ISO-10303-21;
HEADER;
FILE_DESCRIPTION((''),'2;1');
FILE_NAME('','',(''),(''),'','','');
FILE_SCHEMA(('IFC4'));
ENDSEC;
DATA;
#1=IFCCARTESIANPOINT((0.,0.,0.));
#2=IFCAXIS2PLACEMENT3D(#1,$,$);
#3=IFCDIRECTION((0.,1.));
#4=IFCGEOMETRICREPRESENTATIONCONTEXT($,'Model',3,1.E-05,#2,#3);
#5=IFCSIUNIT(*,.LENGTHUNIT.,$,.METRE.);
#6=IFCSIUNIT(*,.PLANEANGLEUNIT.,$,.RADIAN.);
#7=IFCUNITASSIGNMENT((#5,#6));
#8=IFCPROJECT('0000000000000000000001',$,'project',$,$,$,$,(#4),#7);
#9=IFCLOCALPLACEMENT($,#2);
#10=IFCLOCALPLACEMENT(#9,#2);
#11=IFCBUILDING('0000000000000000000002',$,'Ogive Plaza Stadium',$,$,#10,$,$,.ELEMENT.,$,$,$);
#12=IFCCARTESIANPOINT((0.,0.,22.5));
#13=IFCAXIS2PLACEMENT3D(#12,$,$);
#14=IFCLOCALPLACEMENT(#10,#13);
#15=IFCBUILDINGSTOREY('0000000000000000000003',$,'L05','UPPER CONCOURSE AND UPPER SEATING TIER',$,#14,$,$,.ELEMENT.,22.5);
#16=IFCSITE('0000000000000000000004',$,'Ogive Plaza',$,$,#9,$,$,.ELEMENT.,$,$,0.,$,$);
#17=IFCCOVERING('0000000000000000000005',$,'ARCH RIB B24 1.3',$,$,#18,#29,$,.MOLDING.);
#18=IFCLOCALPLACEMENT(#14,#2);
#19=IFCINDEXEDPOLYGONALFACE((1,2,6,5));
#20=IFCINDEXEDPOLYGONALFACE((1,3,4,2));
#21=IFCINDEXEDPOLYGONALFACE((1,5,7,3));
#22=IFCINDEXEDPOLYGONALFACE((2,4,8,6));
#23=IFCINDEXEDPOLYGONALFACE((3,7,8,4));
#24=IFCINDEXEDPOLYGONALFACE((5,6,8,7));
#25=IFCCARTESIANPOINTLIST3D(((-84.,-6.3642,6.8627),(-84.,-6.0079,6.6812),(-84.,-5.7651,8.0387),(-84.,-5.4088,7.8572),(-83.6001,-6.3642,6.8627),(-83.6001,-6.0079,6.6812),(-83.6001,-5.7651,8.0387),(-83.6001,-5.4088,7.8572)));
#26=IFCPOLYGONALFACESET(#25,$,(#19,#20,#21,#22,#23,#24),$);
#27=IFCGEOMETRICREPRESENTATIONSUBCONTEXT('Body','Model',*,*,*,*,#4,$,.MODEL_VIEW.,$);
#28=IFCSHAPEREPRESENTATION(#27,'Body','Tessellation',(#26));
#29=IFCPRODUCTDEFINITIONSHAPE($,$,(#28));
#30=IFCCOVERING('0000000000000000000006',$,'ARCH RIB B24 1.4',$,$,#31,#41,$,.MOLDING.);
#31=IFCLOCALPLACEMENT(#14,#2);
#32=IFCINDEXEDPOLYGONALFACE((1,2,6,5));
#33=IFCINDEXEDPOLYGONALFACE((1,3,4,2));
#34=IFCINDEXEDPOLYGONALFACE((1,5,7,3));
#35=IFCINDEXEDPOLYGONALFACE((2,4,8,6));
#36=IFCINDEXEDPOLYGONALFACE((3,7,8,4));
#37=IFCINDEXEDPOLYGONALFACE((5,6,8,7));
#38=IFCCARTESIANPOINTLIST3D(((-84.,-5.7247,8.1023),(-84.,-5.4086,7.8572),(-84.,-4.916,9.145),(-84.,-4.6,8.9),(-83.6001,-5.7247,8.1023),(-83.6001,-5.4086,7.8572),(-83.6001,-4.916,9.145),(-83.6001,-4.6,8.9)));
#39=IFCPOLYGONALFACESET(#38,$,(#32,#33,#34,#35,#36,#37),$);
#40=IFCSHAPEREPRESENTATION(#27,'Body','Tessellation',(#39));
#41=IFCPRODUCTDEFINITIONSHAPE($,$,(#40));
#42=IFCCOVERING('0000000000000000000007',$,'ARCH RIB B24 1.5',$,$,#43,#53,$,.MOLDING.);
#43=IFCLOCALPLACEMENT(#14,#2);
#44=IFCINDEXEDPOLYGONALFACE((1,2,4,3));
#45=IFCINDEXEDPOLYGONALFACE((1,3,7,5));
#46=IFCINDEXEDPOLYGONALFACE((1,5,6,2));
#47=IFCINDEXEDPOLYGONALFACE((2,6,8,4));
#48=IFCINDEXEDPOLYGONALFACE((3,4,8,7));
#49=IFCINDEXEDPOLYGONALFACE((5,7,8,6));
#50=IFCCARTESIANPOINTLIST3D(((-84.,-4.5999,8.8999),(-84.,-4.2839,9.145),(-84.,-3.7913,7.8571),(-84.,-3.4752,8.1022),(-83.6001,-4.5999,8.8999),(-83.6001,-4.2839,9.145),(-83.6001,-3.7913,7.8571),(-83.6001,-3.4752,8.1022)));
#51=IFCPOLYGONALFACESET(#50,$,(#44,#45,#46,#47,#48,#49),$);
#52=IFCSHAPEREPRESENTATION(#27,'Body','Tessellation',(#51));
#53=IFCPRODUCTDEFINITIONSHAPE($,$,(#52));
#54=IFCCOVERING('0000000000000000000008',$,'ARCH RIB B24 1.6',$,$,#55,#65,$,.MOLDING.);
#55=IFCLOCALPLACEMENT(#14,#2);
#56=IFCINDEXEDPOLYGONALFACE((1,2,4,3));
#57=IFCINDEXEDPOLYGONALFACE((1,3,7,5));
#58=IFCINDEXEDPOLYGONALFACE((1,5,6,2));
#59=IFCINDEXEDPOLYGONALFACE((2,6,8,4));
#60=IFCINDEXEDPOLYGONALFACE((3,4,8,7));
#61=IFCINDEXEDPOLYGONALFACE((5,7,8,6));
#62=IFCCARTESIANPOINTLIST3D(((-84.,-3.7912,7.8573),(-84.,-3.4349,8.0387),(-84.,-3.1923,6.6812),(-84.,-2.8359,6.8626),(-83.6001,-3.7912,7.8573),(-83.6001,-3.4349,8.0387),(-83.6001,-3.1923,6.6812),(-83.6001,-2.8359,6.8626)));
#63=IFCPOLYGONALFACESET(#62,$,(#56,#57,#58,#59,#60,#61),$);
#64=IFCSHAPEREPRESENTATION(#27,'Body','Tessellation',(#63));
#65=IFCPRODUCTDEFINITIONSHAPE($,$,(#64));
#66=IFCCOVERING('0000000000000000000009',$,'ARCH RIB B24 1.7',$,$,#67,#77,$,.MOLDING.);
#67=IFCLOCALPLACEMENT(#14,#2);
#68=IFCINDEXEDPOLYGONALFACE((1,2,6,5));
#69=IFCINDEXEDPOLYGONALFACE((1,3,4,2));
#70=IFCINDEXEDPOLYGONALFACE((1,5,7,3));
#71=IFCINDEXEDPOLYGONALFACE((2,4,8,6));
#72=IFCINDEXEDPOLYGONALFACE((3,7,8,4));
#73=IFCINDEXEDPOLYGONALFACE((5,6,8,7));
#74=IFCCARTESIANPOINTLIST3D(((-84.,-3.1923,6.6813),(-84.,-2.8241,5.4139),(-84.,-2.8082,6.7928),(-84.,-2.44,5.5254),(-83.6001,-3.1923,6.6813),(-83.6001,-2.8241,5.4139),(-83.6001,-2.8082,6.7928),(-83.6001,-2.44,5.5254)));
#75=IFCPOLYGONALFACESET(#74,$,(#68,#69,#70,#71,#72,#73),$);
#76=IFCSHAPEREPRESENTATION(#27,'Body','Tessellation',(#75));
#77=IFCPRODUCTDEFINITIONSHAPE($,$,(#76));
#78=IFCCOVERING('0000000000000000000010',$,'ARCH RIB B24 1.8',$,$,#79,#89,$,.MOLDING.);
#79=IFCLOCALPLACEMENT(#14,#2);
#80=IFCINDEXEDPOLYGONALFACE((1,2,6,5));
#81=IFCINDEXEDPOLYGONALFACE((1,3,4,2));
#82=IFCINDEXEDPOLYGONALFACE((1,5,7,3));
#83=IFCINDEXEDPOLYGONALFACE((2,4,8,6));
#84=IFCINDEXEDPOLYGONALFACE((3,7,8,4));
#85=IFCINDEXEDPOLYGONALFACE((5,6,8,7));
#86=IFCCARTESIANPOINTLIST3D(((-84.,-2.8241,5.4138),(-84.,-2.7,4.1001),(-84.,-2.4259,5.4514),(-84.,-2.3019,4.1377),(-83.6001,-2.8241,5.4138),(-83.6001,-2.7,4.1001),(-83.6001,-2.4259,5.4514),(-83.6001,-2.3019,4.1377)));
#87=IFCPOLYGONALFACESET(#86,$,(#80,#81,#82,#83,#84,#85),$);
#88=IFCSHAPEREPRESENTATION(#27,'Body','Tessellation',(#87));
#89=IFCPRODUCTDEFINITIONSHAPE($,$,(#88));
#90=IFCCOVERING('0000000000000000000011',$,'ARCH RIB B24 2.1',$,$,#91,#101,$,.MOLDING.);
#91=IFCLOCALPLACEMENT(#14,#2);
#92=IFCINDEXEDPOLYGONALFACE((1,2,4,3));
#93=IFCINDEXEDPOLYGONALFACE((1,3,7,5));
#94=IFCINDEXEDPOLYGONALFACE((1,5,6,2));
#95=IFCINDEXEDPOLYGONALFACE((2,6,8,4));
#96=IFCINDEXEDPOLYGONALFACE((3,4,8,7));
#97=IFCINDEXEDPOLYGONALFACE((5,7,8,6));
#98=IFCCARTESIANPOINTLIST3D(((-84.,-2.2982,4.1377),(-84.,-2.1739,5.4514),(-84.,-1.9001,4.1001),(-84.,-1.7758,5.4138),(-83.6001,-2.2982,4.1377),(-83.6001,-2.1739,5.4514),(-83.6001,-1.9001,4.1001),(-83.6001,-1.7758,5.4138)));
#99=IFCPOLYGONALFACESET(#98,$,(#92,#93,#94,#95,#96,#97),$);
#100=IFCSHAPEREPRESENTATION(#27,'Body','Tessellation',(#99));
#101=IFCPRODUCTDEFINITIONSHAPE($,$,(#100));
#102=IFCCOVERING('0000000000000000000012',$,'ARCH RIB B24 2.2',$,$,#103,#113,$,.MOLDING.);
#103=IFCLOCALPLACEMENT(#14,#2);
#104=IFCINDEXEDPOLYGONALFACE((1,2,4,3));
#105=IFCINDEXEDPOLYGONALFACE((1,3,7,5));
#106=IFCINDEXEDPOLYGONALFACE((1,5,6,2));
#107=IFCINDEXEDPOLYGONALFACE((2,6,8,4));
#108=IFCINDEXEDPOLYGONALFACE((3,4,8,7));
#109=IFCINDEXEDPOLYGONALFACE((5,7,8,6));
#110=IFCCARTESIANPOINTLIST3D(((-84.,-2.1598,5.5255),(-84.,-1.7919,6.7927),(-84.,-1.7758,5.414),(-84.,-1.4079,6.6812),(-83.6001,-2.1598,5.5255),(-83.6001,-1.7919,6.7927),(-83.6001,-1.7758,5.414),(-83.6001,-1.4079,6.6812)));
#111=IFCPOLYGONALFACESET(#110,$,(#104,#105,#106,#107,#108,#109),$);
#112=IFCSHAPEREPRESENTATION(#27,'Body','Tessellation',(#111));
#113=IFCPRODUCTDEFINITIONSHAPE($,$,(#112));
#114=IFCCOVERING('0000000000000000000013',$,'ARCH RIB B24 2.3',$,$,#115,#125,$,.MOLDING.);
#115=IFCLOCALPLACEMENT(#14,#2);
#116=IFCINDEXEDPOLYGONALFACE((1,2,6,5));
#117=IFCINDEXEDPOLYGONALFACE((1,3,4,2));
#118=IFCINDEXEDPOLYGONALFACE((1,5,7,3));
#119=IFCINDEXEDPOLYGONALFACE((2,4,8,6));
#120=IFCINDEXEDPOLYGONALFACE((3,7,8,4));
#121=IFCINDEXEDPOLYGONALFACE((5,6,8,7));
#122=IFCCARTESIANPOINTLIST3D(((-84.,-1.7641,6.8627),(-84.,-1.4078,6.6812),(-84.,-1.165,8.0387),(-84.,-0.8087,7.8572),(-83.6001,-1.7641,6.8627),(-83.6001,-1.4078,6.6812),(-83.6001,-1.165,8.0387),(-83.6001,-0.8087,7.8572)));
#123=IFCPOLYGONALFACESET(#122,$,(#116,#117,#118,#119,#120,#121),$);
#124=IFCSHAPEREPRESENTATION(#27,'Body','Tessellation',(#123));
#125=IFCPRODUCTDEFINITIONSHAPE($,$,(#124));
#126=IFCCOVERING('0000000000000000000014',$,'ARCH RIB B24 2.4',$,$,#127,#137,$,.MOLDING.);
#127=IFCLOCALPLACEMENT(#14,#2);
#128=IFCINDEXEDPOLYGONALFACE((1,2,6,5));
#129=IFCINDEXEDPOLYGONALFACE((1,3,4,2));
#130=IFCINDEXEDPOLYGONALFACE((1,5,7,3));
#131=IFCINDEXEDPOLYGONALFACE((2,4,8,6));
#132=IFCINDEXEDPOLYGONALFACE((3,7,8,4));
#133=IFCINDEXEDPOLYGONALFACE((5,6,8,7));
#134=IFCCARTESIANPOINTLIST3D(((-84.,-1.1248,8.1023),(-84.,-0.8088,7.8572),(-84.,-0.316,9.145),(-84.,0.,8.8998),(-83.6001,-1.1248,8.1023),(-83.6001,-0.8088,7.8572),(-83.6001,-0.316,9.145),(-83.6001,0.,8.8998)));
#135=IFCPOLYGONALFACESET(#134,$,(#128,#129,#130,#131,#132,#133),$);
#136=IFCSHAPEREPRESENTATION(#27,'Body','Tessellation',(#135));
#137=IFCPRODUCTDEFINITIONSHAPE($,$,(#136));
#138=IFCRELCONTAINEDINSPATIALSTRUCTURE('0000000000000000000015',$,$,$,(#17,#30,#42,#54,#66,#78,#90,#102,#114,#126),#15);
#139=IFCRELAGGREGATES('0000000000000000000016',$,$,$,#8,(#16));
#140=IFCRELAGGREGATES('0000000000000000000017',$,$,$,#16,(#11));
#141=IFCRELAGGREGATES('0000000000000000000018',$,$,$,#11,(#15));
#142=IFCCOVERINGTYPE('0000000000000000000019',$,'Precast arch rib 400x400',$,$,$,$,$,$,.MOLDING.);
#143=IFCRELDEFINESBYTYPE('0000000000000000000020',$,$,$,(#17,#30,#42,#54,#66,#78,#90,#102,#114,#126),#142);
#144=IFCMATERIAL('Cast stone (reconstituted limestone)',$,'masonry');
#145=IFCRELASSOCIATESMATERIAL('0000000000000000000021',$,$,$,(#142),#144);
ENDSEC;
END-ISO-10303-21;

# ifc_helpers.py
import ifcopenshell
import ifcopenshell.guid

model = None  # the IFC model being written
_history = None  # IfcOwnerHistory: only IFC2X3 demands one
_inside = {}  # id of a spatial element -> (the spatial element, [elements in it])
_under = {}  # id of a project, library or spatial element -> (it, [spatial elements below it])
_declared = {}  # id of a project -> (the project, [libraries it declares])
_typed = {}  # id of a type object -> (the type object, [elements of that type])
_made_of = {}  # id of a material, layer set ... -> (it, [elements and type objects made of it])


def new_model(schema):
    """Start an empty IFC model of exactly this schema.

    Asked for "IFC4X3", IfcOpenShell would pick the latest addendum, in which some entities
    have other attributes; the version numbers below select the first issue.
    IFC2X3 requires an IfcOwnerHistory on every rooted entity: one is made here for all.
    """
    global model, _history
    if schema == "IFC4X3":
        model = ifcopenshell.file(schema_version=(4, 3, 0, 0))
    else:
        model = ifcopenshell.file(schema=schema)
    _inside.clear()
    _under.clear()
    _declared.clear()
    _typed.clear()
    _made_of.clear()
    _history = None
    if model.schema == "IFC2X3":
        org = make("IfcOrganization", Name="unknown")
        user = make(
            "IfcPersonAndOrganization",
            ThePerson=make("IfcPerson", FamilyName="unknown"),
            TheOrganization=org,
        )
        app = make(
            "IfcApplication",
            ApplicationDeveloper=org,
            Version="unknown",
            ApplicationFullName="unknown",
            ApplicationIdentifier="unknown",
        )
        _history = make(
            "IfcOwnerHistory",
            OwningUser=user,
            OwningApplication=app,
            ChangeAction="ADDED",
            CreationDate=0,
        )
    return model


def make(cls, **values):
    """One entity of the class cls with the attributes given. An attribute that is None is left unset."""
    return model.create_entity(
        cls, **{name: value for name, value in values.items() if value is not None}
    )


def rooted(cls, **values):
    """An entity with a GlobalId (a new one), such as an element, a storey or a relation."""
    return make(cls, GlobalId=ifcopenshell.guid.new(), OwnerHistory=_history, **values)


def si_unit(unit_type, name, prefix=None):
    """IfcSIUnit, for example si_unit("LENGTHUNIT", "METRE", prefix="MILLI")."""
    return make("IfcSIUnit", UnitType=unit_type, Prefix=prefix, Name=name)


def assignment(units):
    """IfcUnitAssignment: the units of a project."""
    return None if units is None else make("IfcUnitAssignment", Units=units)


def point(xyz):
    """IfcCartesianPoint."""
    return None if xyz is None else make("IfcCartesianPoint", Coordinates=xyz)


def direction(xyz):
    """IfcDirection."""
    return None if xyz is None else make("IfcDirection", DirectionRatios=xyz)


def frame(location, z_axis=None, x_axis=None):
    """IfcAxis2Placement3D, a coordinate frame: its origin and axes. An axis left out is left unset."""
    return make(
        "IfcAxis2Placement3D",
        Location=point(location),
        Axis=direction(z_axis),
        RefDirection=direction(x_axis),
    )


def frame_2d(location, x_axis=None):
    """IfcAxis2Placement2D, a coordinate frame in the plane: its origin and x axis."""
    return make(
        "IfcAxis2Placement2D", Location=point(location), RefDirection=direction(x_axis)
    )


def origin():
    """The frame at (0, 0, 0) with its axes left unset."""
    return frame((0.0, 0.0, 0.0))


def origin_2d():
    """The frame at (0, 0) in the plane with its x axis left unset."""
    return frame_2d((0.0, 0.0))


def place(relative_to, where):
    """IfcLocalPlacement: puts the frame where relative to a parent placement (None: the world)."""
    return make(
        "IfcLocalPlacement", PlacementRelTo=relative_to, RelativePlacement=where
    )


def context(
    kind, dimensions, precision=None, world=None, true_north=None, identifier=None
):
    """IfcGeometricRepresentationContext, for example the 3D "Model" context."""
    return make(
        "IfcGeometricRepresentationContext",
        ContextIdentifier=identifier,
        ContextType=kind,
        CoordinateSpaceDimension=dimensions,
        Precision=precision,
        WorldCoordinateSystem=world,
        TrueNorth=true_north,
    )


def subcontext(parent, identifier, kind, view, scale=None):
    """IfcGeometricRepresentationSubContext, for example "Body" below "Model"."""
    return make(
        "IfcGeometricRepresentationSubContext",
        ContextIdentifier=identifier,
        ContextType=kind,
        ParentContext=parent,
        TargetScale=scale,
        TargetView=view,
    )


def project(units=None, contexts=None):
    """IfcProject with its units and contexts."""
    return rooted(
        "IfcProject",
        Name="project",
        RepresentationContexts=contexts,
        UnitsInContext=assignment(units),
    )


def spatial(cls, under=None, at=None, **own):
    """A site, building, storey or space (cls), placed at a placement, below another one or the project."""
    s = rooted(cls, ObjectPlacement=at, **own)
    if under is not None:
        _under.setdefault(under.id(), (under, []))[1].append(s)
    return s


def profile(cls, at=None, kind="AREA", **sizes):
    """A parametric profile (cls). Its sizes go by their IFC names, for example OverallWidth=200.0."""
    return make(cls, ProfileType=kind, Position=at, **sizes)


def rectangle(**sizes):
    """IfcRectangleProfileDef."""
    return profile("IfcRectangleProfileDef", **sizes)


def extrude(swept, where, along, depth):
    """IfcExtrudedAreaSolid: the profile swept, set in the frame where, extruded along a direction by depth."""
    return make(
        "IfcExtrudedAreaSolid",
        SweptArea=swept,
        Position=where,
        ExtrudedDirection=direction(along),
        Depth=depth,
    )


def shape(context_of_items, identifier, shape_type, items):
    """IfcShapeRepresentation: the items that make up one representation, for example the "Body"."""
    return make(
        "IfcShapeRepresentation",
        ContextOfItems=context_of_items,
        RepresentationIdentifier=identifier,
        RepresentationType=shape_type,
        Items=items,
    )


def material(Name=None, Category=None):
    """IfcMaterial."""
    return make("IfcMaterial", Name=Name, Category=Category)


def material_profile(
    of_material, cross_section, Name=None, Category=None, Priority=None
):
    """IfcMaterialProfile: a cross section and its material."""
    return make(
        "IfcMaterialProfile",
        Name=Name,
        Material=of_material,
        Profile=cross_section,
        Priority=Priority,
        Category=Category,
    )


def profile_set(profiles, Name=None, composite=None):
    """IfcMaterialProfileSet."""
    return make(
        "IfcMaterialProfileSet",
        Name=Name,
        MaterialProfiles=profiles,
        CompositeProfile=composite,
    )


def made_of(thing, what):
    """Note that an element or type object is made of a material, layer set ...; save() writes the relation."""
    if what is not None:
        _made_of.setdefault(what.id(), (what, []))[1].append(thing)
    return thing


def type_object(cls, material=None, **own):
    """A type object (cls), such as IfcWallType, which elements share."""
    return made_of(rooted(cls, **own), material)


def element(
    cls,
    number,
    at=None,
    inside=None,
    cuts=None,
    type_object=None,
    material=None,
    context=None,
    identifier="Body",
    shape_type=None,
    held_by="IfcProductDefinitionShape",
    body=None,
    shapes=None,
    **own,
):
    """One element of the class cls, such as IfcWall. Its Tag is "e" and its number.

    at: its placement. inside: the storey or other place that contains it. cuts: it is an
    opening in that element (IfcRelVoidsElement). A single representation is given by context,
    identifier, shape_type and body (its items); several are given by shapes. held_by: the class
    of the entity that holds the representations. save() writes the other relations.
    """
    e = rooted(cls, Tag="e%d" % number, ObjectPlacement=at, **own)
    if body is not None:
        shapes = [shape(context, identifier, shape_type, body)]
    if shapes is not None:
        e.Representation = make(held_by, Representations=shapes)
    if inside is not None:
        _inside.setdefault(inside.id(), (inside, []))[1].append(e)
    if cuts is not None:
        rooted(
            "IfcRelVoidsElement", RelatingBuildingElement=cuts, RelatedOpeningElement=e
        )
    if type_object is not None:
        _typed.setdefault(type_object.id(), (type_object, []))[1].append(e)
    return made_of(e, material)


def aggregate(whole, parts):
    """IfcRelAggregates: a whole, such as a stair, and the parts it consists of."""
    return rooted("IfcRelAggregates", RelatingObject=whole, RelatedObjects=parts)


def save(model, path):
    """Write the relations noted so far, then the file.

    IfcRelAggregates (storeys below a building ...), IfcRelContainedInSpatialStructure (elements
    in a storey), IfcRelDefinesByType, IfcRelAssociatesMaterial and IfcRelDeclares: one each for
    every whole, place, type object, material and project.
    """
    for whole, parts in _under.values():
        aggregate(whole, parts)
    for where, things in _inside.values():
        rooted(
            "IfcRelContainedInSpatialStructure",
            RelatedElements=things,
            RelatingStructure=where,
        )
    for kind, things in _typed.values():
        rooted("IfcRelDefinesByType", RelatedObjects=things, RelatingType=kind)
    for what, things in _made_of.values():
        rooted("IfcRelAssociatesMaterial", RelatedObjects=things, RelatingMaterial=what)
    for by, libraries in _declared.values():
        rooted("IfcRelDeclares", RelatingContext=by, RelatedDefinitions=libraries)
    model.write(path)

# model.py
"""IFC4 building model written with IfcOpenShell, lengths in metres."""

from ifc_helpers import new_model, si_unit, direction, frame, origin, origin_2d, place, context, subcontext, project, spatial, rectangle, extrude, material, material_profile, profile_set, type_object, element, save


model = new_model("IFC4")

# Units and contexts
model_context = context("Model", 3, precision=1e-05, world=origin(), true_north=direction((0.0, 1.0)))
body_context = subcontext(model_context, "Body", "Model", "MODEL_VIEW")
ifc_project = project(units=[si_unit("LENGTHUNIT", "METRE"), si_unit("PLANEANGLEUNIT", "RADIAN")], contexts=[model_context])

# Site, building, storey
site_placement = place(None, origin())
site = spatial("IfcSite", under=ifc_project, at=site_placement, Name="Ogive Plaza", CompositionType="ELEMENT", RefElevation=0.0)
building_placement = place(site_placement, origin())
building = spatial("IfcBuilding", under=site, at=building_placement, Name="Ogive Plaza Stadium", CompositionType="ELEMENT")
storey_placement = place(building_placement, frame((0.0, 0.0, 22.5)))
storey = spatial("IfcBuildingStorey", under=building, at=storey_placement, Name="L05", Description="UPPER CONCOURSE AND UPPER SEATING TIER", CompositionType="ELEMENT", Elevation=22.5)

# Coverings
ifc_material_1 = material(Name="Cast stone (reconstituted limestone)", Category="masonry")
ifc_material_profile_1 = material_profile(ifc_material_1, rectangle(XDim=0.3999, YDim=0.3999, at=origin_2d()), Name="Cast stone 400x400")
ifc_profile_set_1 = profile_set([ifc_material_profile_1], Name="Cast stone (reconstituted limestone)")
covering_type = type_object("IfcCoveringType", Name="Precast arch rib 400x400", PredefinedType="MOLDING", material=ifc_profile_set_1)
for number, where, z_axis, x_axis, name in (
    (1, (-83.8, -6.186, 6.772), (0.0, 0.453934, 0.891035), (-1.0, 0.0, 0.0), "ARCH RIB B24 1.3"),
):
    element("IfcCovering", number, at=place(storey_placement, frame(where, z_axis=z_axis, x_axis=x_axis)), inside=storey, type_object=covering_type, Name=name, PredefinedType="MOLDING", context=body_context, shape_type="SweptSolid", body=[
        extrude(rectangle(XDim=0.3999, YDim=0.3999, at=origin_2d()), origin(), (0.0, 0.0, 1.0), 1.3198),
    ])
for number, where, z_axis, x_axis, name in (
    (2, (-83.8, -5.5667, 7.9797), (0.0, 0.6128, 0.790238), (-1.0, 0.0, 0.0), "ARCH RIB B24 1.4"),
    (3, (-83.8, -4.4419, 9.0225), (0.0, 0.6128, -0.790238), (-1.0, 0.0, 0.0), "ARCH RIB B24 1.5"),
):
    element("IfcCovering", number, at=place(storey_placement, frame(where, z_axis=z_axis, x_axis=x_axis)), inside=storey, type_object=covering_type, Name=name, PredefinedType="MOLDING", context=body_context, shape_type="SweptSolid", body=[
        extrude(rectangle(XDim=0.3999, YDim=0.3999, at=origin_2d()), origin(), (0.0, 0.0, 1.0), 1.3196),
    ])
for number, where, z_axis, x_axis, name in (
    (4, (-83.8, -3.613, 7.948), (0.0, 0.453787, -0.89111), (-1.0, 0.0, 0.0), "ARCH RIB B24 1.6"),
    (5, (-83.8, -3.0002, 6.7371), (0.0, 0.27897, -0.9603), (-1.0, 0.0, 0.0), "ARCH RIB B24 1.7"),
):
    element("IfcCovering", number, at=place(storey_placement, frame(where, z_axis=z_axis, x_axis=x_axis)), inside=storey, type_object=covering_type, Name=name, PredefinedType="MOLDING", context=body_context, shape_type="SweptSolid", body=[
        extrude(rectangle(XDim=0.3999, YDim=0.3999, at=origin_2d()), origin(), (0.0, 0.0, 1.0), 1.3198),
    ])
for number, where, z_axis, x_axis, name in (
    (6, (-83.8, -2.625, 5.4326), (0.0, 0.093988, -0.995573), (-1.0, 0.0, 0.0), "ARCH RIB B24 1.8"),
    (7, (-83.8, -2.0991, 4.1189), (0.0, 0.094172, 0.995556), (-1.0, 0.0, 0.0), "ARCH RIB B24 2.1"),
    (8, (-83.8, -1.9678, 5.4697), (0.0, 0.278799, 0.960349), (-1.0, 0.0, 0.0), "ARCH RIB B24 2.2"),
):
    element("IfcCovering", number, at=place(storey_placement, frame(where, z_axis=z_axis, x_axis=x_axis)), inside=storey, type_object=covering_type, Name=name, PredefinedType="MOLDING", context=body_context, shape_type="SweptSolid", body=[
        extrude(rectangle(XDim=0.3999, YDim=0.3999, at=origin_2d()), origin(), (0.0, 0.0, 1.0), 1.3196),
    ])
covering_1_placement = place(storey_placement, frame((-83.8, -1.5859, 6.772), z_axis=(0.0, 0.453934, 0.891035), x_axis=(-1.0, 0.0, 0.0)))
element("IfcCovering", 9, at=covering_1_placement, inside=storey, type_object=covering_type, Name="ARCH RIB B24 2.3", PredefinedType="MOLDING", context=body_context, shape_type="SweptSolid", body=[
    extrude(rectangle(XDim=0.3999, YDim=0.3999, at=origin_2d()), origin(), (0.0, 0.0, 1.0), 1.3198),
])
covering_2_placement = place(storey_placement, frame((-83.8, -0.9668, 7.9797), z_axis=(0.0, 0.612915, 0.790148), x_axis=(-1.0, 0.0, 0.0)))
element("IfcCovering", 10, at=covering_2_placement, inside=storey, type_object=covering_type, Name="ARCH RIB B24 2.4", PredefinedType="MOLDING", context=body_context, shape_type="SweptSolid", body=[
    extrude(rectangle(XDim=0.3999, YDim=0.3999, at=origin_2d()), origin(), (0.0, 0.0, 1.0), 1.3196),
])

save(model, "model.ifc")
